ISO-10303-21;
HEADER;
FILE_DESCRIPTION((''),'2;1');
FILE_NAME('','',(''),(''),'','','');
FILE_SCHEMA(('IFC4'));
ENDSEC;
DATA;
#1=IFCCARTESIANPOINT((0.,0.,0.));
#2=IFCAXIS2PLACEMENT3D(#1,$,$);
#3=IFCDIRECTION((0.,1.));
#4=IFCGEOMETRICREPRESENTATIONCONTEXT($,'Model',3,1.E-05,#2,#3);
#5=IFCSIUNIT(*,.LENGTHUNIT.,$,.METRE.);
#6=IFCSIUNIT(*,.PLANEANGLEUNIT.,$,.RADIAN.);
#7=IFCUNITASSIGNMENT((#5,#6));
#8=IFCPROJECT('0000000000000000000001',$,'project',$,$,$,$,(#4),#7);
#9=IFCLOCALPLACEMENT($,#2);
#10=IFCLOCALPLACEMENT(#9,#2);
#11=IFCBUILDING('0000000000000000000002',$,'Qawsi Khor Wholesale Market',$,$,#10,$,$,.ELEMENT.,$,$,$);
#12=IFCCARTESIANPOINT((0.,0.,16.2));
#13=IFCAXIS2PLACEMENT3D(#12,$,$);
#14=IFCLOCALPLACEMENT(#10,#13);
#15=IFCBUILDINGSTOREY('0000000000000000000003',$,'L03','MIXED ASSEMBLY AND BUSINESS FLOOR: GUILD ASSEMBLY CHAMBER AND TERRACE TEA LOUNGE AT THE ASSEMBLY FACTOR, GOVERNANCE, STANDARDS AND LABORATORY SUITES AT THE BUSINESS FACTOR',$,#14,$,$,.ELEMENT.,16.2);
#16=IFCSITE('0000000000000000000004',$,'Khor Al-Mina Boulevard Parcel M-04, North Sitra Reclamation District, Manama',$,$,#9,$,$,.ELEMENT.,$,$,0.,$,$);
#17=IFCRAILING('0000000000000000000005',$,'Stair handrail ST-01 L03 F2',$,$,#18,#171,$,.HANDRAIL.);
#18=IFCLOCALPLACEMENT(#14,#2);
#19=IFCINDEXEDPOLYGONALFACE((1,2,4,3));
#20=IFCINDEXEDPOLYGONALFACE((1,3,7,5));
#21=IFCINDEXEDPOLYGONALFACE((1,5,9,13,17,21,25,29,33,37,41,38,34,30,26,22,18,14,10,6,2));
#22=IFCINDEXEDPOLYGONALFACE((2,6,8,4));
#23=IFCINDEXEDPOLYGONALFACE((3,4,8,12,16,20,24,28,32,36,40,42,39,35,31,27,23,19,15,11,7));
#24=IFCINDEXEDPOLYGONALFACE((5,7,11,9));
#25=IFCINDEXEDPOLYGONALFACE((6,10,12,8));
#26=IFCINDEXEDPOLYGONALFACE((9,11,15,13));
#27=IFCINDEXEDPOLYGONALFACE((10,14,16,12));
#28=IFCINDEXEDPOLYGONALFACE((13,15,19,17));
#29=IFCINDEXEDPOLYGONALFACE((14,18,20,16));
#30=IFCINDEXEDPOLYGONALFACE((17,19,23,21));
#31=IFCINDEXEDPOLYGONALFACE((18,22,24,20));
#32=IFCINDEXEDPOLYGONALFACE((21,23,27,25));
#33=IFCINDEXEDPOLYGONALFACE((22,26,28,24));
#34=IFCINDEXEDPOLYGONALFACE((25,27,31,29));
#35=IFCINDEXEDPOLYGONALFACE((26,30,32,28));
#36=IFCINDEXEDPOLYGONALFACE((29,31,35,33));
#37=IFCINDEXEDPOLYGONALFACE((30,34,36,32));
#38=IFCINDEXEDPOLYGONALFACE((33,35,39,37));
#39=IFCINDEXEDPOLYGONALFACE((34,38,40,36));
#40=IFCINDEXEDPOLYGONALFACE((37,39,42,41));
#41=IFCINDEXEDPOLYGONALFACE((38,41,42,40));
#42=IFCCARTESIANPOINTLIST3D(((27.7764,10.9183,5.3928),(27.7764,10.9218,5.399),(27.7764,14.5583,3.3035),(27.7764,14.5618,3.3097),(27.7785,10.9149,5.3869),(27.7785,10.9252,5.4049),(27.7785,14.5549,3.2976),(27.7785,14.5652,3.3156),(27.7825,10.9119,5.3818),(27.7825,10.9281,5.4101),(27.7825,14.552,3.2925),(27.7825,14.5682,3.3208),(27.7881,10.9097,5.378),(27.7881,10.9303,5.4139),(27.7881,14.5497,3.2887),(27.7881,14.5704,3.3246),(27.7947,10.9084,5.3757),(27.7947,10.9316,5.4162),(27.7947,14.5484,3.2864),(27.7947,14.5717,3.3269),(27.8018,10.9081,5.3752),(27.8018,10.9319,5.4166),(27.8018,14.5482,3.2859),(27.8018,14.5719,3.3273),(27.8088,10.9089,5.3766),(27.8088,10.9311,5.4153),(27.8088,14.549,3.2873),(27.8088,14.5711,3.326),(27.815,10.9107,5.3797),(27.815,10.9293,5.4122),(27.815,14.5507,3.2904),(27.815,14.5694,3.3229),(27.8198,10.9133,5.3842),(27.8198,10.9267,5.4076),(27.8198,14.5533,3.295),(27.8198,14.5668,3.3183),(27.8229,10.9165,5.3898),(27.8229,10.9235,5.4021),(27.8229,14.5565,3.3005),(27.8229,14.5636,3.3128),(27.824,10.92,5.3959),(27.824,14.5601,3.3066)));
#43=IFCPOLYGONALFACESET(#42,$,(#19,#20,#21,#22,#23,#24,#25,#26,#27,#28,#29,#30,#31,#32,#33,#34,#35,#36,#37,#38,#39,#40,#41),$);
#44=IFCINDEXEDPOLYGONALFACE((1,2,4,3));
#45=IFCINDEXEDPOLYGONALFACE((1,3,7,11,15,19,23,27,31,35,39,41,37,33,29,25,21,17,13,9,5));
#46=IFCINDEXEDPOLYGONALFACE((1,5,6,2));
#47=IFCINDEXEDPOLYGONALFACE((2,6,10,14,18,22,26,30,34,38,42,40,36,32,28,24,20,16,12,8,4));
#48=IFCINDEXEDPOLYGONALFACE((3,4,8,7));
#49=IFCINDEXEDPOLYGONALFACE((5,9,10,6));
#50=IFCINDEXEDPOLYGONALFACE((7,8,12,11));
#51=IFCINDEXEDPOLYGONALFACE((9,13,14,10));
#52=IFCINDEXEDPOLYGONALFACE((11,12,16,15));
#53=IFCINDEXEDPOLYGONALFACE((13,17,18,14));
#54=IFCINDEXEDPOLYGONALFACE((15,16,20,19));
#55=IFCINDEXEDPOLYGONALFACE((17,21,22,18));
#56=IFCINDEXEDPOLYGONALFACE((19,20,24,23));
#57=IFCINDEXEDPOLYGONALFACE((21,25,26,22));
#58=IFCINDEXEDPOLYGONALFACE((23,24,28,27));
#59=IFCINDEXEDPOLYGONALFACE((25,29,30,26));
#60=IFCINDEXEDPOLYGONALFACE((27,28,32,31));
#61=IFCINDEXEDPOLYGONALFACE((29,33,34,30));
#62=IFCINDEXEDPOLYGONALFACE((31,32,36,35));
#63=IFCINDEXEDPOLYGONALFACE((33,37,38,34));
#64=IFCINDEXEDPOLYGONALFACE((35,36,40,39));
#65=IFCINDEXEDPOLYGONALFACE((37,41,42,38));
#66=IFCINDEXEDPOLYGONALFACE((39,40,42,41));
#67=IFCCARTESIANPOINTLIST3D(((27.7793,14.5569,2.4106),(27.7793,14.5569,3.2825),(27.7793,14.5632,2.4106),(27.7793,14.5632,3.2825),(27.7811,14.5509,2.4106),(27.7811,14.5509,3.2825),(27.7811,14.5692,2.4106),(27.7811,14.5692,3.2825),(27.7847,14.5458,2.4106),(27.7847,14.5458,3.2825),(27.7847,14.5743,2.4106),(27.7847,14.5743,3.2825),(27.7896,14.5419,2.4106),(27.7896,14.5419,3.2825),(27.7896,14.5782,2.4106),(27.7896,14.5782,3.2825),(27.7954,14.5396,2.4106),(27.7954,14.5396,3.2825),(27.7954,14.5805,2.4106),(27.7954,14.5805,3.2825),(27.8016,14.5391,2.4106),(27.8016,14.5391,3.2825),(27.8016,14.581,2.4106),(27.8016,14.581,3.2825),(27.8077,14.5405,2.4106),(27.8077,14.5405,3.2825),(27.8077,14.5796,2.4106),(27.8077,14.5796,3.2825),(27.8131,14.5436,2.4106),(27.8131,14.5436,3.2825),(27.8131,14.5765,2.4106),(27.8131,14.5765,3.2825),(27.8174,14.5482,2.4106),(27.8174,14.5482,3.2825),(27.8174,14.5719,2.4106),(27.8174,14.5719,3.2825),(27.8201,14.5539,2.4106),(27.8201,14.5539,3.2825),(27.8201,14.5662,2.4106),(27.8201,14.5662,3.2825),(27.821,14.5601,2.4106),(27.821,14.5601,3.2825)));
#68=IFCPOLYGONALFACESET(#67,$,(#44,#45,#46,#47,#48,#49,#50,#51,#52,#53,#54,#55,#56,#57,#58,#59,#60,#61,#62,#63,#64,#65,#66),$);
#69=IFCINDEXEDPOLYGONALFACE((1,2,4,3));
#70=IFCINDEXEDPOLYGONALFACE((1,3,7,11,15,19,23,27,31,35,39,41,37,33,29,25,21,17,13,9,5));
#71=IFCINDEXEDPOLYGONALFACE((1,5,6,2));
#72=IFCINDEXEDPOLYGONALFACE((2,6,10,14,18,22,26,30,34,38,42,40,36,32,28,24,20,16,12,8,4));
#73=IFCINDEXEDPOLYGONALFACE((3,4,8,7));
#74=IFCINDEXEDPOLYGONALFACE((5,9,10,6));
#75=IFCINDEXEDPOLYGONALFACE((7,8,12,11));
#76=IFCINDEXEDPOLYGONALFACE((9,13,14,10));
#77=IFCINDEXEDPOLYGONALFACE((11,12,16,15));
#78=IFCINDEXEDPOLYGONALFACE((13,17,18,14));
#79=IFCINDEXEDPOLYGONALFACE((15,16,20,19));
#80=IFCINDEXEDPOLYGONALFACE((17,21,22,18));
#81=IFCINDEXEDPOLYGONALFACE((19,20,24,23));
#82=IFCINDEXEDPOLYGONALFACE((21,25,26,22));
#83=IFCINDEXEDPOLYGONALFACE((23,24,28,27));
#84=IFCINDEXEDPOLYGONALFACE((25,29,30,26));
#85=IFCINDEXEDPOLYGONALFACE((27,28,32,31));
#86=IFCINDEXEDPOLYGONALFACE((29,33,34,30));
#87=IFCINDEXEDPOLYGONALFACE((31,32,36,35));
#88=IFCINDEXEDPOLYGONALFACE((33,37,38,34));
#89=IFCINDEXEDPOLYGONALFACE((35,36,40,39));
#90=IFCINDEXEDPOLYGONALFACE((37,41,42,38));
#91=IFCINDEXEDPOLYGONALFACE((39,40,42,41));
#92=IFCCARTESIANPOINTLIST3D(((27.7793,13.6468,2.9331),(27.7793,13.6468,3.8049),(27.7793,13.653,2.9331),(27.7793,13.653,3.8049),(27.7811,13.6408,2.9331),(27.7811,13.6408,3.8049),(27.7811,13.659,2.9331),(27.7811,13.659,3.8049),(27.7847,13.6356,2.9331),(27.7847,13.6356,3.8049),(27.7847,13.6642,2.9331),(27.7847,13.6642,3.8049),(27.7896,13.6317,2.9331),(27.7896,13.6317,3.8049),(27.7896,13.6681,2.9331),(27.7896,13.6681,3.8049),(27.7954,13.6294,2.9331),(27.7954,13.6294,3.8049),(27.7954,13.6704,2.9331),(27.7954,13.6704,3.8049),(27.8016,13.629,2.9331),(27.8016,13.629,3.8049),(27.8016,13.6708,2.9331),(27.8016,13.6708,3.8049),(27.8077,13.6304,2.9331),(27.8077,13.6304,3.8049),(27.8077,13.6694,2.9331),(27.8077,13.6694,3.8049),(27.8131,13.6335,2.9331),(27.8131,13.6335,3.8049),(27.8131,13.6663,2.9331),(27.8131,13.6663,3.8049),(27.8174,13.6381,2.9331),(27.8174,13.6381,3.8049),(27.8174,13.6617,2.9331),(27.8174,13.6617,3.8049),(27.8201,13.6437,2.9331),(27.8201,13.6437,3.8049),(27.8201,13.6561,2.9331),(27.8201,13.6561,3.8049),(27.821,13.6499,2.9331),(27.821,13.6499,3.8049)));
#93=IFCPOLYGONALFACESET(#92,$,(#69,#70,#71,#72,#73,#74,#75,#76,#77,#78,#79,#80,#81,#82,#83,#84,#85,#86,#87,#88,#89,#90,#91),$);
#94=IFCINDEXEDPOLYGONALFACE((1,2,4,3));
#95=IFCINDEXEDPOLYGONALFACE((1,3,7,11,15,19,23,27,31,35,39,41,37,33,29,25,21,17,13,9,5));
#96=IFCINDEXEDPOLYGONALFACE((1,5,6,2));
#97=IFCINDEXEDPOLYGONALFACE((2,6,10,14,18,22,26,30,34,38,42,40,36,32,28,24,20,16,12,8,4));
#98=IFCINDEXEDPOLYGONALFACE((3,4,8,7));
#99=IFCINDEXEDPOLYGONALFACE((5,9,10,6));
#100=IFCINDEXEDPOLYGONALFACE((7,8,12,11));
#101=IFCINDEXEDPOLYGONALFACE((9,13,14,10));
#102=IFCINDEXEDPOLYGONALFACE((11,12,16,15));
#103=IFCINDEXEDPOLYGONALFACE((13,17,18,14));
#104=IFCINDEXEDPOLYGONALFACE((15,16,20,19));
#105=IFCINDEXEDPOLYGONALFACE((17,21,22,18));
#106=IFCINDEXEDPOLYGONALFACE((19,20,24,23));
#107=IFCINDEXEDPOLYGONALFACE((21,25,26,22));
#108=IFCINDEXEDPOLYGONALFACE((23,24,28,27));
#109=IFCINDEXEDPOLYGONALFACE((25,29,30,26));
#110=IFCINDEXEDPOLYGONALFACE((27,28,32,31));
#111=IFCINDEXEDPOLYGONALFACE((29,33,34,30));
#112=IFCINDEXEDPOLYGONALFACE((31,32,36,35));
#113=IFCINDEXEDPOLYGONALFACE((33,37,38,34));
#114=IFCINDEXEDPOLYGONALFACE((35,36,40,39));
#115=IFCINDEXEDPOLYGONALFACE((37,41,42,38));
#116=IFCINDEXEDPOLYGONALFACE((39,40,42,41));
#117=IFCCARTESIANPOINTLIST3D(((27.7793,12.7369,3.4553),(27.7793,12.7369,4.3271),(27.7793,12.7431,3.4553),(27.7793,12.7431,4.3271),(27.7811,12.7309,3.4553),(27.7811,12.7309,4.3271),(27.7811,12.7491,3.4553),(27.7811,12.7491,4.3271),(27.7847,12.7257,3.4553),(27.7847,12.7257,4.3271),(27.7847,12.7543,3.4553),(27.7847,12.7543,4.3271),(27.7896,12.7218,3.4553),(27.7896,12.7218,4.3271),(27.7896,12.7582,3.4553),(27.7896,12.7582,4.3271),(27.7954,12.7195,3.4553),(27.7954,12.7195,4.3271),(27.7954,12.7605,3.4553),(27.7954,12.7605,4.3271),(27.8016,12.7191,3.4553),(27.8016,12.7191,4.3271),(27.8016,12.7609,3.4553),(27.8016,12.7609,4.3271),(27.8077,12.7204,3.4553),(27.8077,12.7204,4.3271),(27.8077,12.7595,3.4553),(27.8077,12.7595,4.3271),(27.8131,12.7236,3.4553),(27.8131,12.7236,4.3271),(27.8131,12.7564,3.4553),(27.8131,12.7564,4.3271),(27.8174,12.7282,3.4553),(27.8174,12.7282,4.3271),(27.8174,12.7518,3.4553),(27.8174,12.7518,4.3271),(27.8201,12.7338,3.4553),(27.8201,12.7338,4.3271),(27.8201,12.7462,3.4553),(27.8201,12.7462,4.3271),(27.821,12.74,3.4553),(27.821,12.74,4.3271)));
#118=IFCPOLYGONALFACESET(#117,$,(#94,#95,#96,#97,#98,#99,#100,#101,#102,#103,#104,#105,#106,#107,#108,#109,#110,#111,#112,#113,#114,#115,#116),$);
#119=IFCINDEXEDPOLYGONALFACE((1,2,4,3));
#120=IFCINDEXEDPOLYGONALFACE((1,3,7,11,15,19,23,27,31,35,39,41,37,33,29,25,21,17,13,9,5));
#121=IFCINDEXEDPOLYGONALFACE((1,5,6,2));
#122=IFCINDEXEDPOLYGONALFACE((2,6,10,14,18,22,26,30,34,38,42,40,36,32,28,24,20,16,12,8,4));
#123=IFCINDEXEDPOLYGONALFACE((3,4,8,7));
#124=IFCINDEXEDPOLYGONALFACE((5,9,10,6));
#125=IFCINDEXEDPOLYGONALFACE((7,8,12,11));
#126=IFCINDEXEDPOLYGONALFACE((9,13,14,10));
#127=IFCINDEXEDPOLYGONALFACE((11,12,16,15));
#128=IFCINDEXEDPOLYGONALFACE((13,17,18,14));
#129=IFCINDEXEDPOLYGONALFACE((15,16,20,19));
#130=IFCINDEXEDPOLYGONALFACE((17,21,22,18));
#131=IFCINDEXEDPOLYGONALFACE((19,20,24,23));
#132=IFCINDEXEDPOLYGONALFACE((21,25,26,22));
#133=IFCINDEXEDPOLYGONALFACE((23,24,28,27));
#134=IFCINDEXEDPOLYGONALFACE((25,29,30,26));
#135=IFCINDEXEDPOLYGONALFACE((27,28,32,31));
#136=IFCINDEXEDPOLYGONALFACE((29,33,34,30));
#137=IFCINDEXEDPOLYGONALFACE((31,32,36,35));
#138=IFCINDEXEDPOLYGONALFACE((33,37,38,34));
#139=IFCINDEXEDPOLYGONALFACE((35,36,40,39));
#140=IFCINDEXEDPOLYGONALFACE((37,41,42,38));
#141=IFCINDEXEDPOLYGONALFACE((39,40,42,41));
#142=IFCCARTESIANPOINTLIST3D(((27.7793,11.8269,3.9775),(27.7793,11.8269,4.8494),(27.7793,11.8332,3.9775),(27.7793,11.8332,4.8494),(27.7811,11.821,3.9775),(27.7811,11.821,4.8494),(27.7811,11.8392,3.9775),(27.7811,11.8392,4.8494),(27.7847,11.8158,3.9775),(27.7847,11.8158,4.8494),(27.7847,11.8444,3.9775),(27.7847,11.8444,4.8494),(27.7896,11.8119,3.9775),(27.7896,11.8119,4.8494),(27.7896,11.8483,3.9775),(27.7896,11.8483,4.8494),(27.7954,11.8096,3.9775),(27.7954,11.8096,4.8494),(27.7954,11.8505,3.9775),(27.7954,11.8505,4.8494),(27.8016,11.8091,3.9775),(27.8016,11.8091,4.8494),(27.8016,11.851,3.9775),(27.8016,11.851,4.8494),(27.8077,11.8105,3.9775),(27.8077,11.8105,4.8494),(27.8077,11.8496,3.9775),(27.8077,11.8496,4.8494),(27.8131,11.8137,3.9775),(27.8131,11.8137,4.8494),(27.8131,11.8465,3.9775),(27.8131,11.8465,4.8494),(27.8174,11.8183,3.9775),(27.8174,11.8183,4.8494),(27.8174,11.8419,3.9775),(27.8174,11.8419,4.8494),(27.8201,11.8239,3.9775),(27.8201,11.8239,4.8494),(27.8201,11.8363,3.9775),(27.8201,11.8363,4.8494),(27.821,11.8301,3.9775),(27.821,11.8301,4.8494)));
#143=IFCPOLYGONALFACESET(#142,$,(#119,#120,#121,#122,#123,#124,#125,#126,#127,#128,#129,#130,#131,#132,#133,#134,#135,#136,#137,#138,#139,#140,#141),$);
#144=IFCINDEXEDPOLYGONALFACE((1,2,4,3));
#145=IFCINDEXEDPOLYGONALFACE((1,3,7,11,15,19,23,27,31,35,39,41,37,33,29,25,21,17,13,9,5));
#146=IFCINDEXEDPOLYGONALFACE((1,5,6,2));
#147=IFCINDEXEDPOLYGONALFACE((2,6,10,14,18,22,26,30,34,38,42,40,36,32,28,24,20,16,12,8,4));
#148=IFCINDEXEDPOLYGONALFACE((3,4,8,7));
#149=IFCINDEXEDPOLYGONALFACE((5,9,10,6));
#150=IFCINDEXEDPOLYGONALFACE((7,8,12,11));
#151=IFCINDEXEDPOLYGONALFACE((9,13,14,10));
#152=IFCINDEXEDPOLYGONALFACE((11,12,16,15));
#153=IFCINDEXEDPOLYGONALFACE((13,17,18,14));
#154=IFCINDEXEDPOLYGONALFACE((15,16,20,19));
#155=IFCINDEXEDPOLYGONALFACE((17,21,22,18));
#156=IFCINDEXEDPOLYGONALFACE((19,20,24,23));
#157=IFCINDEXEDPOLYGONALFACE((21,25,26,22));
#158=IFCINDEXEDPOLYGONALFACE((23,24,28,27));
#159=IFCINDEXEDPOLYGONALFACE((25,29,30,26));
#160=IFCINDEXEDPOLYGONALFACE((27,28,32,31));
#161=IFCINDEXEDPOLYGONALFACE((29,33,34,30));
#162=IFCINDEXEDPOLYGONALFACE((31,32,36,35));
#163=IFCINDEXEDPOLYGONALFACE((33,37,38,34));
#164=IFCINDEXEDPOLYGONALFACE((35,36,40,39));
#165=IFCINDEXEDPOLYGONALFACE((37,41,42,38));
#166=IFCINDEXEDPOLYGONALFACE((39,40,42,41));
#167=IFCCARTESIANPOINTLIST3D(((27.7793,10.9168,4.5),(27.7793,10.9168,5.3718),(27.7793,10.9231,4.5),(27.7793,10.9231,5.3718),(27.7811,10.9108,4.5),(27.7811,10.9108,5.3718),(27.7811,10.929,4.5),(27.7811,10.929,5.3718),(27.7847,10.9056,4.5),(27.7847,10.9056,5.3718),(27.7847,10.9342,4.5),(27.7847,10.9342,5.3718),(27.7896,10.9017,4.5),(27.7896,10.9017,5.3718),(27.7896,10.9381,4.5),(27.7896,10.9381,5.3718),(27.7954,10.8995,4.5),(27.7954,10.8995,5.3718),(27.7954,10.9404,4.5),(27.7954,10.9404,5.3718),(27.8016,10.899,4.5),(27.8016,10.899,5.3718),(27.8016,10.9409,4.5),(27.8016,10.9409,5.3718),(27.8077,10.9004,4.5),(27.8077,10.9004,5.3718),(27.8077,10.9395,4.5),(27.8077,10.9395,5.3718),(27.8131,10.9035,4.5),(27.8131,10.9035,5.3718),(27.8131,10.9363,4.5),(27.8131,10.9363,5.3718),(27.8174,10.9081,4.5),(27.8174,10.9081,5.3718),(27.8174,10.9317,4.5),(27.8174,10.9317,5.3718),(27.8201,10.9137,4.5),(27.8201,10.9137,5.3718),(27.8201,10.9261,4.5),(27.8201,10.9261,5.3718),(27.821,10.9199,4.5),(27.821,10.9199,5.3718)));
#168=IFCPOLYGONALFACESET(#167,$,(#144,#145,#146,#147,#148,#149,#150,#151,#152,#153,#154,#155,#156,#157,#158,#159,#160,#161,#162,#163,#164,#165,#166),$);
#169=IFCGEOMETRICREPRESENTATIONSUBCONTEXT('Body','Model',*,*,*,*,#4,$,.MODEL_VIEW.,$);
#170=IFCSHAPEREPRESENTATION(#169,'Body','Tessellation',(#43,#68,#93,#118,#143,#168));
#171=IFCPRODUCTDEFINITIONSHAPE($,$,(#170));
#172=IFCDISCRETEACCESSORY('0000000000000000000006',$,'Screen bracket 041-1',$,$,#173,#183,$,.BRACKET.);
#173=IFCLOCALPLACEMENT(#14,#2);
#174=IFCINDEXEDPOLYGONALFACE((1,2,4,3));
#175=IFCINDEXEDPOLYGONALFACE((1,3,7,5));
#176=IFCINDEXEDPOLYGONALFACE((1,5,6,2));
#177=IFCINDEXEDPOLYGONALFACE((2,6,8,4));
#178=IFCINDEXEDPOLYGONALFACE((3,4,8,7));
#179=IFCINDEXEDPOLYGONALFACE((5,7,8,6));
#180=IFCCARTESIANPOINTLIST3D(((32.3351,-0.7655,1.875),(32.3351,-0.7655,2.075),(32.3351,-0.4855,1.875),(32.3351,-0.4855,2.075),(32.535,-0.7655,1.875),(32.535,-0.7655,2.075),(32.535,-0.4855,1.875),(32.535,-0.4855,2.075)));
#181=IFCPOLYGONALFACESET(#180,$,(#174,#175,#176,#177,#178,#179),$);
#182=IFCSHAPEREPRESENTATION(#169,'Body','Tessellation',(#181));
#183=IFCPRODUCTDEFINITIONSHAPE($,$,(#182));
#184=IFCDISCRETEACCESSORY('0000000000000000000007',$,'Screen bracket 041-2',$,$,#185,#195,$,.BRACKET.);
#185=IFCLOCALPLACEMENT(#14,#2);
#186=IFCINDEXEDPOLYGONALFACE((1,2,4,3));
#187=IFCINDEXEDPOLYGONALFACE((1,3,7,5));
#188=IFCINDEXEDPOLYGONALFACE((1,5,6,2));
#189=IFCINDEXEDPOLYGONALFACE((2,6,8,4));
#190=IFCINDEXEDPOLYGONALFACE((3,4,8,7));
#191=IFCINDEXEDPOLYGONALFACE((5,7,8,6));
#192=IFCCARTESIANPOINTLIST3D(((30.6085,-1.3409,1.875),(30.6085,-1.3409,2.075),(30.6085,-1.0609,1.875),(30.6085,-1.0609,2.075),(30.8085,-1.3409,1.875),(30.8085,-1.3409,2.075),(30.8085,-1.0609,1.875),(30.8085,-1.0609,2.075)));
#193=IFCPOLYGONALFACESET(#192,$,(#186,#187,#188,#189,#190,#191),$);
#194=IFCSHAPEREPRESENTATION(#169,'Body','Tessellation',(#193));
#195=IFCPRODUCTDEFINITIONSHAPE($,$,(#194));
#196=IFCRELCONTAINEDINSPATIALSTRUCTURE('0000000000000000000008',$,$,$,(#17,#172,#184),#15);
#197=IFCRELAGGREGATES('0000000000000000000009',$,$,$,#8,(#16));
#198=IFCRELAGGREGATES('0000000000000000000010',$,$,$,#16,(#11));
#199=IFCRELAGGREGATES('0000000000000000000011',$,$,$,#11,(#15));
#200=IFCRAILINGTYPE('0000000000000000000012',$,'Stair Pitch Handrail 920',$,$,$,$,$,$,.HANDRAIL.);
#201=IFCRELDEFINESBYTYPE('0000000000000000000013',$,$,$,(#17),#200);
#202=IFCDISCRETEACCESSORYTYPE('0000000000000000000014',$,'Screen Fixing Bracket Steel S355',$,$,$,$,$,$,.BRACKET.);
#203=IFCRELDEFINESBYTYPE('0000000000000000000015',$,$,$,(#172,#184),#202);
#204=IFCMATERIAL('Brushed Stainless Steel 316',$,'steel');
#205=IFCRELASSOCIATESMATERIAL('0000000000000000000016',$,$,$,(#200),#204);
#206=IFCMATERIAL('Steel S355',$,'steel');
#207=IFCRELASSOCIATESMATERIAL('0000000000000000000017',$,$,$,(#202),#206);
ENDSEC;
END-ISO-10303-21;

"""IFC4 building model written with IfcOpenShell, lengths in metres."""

from ifc_helpers import new_model, si_unit, direction, frame, origin, origin_2d, place, context, subcontext, project, spatial, rectangle, circle, extrude, material, type_object, element, save


model = new_model("IFC4")

# Units and contexts
model_context = context("Model", 3, precision=1e-05, world=origin(), true_north=direction((0.0, 1.0)))
body_context = subcontext(model_context, "Body", "Model", "MODEL_VIEW")
ifc_project = project(units=[si_unit("LENGTHUNIT", "METRE"), si_unit("PLANEANGLEUNIT", "RADIAN")], contexts=[model_context])

# Site, building, storey
site_placement = place(None, origin())
site = spatial("IfcSite", under=ifc_project, at=site_placement, Name="Khor Al-Mina Boulevard Parcel M-04, North Sitra Reclamation District, Manama", CompositionType="ELEMENT", RefElevation=0.0)
building_placement = place(site_placement, origin())
building = spatial("IfcBuilding", under=site, at=building_placement, Name="Qawsi Khor Wholesale Market", CompositionType="ELEMENT")
storey_placement = place(building_placement, frame((0.0, 0.0, 16.2)))
storey = spatial("IfcBuildingStorey", under=building, at=storey_placement, Name="L03", Description="MIXED ASSEMBLY AND BUSINESS FLOOR: GUILD ASSEMBLY CHAMBER AND TERRACE TEA LOUNGE AT THE ASSEMBLY FACTOR, GOVERNANCE, STANDARDS AND LABORATORY SUITES AT THE BUSINESS FACTOR", CompositionType="ELEMENT", Elevation=16.2)

# Shared definitions
ifc_material_1 = material(Name="Steel S355", Category="steel")

# Railing
ifc_material_2 = material(Name="Brushed Stainless Steel 316", Category="steel")
railing_type_1 = type_object("IfcRailingType", Name="Stair Pitch Handrail 920", PredefinedType="HANDRAIL", material=ifc_material_2)
railing_1_placement = place(storey_placement, frame((27.8, 14.5601, 2.4106)))
element("IfcRailing", 1, at=railing_1_placement, inside=storey, type_object=railing_type_1, Name="Stair handrail ST-01 L03 F2", PredefinedType="HANDRAIL", context=body_context, shape_type="SweptSolid", body=[
    extrude(circle(Radius=0.0239, at=origin_2d()), frame((0.0, 0.0, 0.896), z_axis=(0.0, -0.867289, 0.497804), x_axis=(1.0, 0.0, 0.0)), (0.0, 0.0, 1.0), 4.197),
    extrude(circle(Radius=0.021, at=origin_2d()), origin(), (0.0, 0.0, 1.0), 0.8718),
    extrude(circle(Radius=0.021, at=origin_2d()), frame((0.0, -0.9102, 0.5225)), (0.0, 0.0, 1.0), 0.8718),
    extrude(circle(Radius=0.021, at=origin_2d()), frame((0.0, -1.8201, 1.0447)), (0.0, 0.0, 1.0), 0.8718),
    extrude(circle(Radius=0.021, at=origin_2d()), frame((0.0, -2.73, 1.5669)), (0.0, 0.0, 1.0), 0.8718),
    extrude(circle(Radius=0.021, at=origin_2d()), frame((0.0, -3.6401, 2.0894)), (0.0, 0.0, 1.0), 0.8718),
])

# Discrete accessories
discrete_accessory_type = type_object("IfcDiscreteAccessoryType", Name="Screen Fixing Bracket Steel S355", PredefinedType="BRACKET", material=ifc_material_1)
for number, where, z_axis, x_axis, name in (
    (2, (32.4351, -0.6255, 1.875), (0.0, 0.0, 1.0), (1.0, 0.0, 0.0), "Screen bracket 041-1"),
    (3, (30.7085, -1.2009, 1.875), (0.0, 0.0, 1.0), (1.0, 0.0, 0.0), "Screen bracket 041-2"),
):
    element("IfcDiscreteAccessory", number, at=place(storey_placement, frame(where, z_axis=z_axis, x_axis=x_axis)), inside=storey, type_object=discrete_accessory_type, Name=name, PredefinedType="BRACKET", context=body_context, shape_type="SweptSolid", body=[
        extrude(rectangle(XDim=0.2, YDim=0.28, at=origin_2d()), origin(), (0.0, 0.0, 1.0), 0.2),
    ])

save(model, "model.ifc")
